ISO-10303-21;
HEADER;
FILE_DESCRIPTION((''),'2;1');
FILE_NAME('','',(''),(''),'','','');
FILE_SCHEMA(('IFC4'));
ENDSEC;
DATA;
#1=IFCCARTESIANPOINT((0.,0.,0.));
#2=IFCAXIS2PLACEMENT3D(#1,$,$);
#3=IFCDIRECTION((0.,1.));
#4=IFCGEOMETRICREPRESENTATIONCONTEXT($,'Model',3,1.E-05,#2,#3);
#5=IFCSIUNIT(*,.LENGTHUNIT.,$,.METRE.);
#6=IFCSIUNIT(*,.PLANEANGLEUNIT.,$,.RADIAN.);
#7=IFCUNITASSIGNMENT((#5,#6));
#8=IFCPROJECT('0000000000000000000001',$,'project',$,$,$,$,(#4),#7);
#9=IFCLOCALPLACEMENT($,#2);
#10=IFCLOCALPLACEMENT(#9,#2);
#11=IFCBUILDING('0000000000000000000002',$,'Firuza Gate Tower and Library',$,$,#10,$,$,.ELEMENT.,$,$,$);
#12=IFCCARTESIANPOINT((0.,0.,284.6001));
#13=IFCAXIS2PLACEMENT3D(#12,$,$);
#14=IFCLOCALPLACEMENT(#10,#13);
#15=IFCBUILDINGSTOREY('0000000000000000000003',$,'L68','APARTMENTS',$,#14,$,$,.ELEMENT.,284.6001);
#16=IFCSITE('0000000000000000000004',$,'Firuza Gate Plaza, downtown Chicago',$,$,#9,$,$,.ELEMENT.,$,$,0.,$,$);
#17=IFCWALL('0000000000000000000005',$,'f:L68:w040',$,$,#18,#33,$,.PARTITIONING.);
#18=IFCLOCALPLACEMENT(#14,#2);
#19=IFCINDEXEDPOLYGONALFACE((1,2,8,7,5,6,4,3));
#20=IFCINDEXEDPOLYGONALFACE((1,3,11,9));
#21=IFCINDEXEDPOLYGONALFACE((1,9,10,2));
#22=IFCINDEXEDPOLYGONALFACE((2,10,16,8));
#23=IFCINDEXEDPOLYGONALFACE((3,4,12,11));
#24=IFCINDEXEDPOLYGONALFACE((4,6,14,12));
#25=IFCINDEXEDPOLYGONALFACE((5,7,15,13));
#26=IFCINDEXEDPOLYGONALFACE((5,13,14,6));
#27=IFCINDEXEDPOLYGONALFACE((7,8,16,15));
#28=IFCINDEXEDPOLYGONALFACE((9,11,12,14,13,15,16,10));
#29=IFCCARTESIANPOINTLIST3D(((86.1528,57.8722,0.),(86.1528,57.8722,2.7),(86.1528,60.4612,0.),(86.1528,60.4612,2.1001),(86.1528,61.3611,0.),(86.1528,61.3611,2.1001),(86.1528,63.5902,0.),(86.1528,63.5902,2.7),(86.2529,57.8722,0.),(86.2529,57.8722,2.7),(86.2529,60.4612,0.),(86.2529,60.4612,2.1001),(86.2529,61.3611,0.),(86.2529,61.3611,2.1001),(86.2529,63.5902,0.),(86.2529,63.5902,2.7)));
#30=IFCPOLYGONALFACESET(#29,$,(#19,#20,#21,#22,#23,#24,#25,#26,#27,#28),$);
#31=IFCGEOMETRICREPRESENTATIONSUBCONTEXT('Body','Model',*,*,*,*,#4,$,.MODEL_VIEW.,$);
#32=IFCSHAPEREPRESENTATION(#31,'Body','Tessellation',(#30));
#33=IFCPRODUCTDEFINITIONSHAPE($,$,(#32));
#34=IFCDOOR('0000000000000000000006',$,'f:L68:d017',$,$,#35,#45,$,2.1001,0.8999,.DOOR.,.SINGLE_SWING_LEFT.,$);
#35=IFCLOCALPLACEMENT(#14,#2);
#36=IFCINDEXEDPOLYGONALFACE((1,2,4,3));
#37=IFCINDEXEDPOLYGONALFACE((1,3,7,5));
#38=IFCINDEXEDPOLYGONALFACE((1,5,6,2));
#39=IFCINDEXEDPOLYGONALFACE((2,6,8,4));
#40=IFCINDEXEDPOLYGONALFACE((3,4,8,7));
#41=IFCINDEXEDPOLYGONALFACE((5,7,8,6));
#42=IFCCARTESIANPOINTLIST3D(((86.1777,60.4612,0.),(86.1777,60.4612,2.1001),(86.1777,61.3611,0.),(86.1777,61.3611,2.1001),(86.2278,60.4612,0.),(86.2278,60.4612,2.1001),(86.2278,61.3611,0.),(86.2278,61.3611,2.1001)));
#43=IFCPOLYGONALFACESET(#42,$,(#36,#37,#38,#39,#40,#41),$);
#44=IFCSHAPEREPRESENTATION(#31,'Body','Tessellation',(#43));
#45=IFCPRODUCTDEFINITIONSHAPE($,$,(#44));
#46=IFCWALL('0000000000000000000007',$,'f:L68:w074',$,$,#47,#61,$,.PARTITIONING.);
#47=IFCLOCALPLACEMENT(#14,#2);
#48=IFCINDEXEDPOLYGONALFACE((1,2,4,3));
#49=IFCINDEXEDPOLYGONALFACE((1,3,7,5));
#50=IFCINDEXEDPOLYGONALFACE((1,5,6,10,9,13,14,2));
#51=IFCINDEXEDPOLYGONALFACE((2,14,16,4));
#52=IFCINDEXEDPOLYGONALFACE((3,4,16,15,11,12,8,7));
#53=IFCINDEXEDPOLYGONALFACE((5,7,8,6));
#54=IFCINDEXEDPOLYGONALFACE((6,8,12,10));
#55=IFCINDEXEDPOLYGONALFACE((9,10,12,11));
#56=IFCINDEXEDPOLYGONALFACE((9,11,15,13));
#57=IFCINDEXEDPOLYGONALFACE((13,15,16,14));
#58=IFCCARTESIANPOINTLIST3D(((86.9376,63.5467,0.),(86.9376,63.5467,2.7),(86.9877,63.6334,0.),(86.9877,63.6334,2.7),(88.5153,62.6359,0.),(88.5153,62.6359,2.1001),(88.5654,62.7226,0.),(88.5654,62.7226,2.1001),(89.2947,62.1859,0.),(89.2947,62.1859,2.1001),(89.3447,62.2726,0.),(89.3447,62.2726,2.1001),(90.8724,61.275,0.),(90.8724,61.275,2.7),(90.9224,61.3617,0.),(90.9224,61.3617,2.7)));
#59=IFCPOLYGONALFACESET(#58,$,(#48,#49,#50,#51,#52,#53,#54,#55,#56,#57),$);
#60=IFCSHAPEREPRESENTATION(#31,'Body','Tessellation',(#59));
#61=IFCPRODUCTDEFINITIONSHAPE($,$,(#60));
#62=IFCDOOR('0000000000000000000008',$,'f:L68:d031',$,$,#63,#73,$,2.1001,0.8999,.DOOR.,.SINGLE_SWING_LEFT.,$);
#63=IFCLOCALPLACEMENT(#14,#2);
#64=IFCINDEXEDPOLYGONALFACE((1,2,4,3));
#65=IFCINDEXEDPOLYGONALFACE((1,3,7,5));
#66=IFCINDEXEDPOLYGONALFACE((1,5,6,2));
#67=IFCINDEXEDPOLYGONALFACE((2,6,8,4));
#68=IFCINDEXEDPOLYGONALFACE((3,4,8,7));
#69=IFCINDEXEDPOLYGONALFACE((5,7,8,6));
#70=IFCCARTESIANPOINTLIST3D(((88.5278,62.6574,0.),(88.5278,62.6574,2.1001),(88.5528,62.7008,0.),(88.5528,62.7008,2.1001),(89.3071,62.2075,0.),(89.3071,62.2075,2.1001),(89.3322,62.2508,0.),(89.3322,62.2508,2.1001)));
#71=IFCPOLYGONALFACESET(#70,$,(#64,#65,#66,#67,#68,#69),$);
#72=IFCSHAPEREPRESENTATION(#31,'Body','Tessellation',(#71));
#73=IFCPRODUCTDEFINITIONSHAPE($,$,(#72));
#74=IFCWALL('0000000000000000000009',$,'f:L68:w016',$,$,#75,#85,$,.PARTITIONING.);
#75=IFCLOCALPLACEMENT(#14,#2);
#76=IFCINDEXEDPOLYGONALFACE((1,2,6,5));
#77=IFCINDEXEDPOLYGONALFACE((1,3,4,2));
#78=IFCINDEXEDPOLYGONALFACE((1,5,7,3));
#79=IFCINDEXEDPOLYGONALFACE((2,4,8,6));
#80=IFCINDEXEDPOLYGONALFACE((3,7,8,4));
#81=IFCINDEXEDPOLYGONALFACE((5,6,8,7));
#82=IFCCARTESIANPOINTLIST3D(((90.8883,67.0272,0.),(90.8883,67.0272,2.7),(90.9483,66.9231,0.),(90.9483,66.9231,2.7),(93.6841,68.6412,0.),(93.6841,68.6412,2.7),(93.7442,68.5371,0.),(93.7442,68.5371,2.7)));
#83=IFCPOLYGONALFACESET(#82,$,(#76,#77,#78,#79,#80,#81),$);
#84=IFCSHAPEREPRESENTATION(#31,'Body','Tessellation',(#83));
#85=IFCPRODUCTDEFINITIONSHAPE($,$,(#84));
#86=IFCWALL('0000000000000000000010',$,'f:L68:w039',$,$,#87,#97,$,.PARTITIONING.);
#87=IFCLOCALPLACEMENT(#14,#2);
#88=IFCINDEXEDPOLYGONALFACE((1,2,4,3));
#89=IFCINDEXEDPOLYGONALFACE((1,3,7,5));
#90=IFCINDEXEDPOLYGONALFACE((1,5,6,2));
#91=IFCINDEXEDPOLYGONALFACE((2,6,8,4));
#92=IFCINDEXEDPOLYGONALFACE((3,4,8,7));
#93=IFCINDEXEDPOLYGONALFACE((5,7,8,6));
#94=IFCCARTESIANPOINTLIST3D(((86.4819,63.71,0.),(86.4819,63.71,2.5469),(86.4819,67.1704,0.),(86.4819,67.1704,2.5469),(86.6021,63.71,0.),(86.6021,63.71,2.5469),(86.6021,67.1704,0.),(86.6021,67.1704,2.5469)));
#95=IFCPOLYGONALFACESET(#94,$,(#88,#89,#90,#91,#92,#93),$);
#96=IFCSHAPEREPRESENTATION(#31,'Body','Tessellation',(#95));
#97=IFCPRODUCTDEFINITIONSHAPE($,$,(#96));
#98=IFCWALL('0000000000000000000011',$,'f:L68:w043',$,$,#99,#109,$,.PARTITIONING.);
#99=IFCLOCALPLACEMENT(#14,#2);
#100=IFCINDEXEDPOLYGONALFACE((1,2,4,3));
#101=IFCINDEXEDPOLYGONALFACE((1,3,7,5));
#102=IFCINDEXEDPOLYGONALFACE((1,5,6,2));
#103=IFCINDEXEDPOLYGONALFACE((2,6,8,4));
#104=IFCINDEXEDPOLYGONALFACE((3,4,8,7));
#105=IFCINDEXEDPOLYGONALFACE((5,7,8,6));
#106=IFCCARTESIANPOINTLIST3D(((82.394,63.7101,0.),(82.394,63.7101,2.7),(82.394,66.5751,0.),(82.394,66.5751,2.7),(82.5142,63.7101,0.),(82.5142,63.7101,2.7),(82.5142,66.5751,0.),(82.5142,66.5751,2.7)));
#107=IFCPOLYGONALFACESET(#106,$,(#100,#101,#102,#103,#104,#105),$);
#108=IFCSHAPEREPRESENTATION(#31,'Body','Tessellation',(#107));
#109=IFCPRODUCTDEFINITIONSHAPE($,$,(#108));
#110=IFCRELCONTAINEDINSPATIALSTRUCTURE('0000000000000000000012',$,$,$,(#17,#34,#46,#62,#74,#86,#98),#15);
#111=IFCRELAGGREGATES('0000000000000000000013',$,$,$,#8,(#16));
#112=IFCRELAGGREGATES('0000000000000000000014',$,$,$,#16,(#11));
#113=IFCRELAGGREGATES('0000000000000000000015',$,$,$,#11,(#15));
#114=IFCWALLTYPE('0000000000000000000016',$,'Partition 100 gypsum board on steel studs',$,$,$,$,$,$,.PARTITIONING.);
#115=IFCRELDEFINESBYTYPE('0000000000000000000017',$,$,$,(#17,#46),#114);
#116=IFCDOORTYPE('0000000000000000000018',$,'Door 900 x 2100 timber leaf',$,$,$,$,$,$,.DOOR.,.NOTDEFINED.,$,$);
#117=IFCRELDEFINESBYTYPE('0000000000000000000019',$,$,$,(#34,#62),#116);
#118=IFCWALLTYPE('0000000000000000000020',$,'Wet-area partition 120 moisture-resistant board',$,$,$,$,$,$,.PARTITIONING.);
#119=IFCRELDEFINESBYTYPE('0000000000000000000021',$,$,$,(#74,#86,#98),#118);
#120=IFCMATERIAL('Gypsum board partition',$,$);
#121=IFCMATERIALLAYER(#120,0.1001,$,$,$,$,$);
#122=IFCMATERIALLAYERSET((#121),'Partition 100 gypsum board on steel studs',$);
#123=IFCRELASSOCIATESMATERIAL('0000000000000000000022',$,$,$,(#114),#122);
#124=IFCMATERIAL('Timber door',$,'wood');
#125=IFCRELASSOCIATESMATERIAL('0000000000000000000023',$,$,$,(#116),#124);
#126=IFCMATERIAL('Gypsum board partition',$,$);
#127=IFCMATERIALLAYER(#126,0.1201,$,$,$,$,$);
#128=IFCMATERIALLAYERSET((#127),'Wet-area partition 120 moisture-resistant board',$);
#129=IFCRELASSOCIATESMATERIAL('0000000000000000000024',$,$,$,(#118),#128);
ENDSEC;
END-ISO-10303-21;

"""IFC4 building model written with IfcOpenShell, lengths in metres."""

from ifc_helpers import new_model, si_unit, direction, frame, frame_2d, origin, place, context, subcontext, project, spatial, rectangle, extrude, material, layer, layer_set, type_object, element, fill, save


model = new_model("IFC4")

# Units and contexts
model_context = context("Model", 3, precision=1e-05, world=origin(), true_north=direction((0.0, 1.0)))
body_context = subcontext(model_context, "Body", "Model", "MODEL_VIEW")
ifc_project = project(units=[si_unit("LENGTHUNIT", "METRE"), si_unit("PLANEANGLEUNIT", "RADIAN")], contexts=[model_context])

# Site, building, storey
site_placement = place(None, origin())
site = spatial("IfcSite", under=ifc_project, at=site_placement, Name="Firuza Gate Plaza, downtown Chicago", CompositionType="ELEMENT", RefElevation=0.0)
building_placement = place(site_placement, origin())
building = spatial("IfcBuilding", under=site, at=building_placement, Name="Firuza Gate Tower and Library", CompositionType="ELEMENT")
storey_placement = place(building_placement, frame((0.0, 0.0, 284.6001)))
storey = spatial("IfcBuildingStorey", under=building, at=storey_placement, Name="L68", Description="APARTMENTS", CompositionType="ELEMENT", Elevation=284.6001)

# Shared definitions
ifc_material_1 = material(Name="Gypsum board partition")
ifc_layer_1 = layer(ifc_material_1, 0.1001)
ifc_layer_set_1 = layer_set([ifc_layer_1], Name="Partition 100 gypsum board on steel studs")
wall_type_1 = type_object("IfcWallType", Name="Partition 100 gypsum board on steel studs", PredefinedType="PARTITIONING", material=ifc_layer_set_1)

# Walls, openings, doors
wall_1_placement = place(storey_placement, frame((86.2029, 63.5901, 0.0), z_axis=(0.0, 0.0, 1.0), x_axis=(0.0, -1.0, 0.0)))
wall_1 = element("IfcWall", 1, at=wall_1_placement, inside=storey, type_object=wall_type_1, Name="f:L68:w040", PredefinedType="PARTITIONING", context=body_context, shape_type="SweptSolid", body=[
    extrude(rectangle(XDim=5.718, YDim=0.1001, at=frame_2d((2.8589, 0.0))), origin(), (0.0, 0.0, 1.0), 2.7),
])
opening_1_placement = place(wall_1_placement, frame((2.229, 0.0, 0.0)))
opening_1 = element("IfcOpeningElement", 2, at=opening_1_placement, cuts=wall_1, PredefinedType="OPENING", context=body_context, shape_type="SweptSolid", body=[
    extrude(rectangle(XDim=0.8999, YDim=2.1001, at=frame_2d((0.45, 1.05))), frame((0.0, 0.0601, 0.0), z_axis=(0.0, -1.0, 0.0), x_axis=(1.0, 0.0, 0.0)), (0.0, 0.0, 1.0), 0.1201),
])
ifc_material_2 = material(Name="Timber door", Category="wood")
door_type_1 = type_object("IfcDoorType", Name="Door 900 x 2100 timber leaf", OperationType="NOTDEFINED", PredefinedType="DOOR", material=ifc_material_2)
door_1_placement = place(opening_1_placement, origin())
door_1 = element("IfcDoor", 3, at=door_1_placement, inside=storey, type_object=door_type_1, Name="f:L68:d017", OperationType="SINGLE_SWING_LEFT", OverallHeight=2.1001, OverallWidth=0.8999, PredefinedType="DOOR", context=body_context, shape_type="SweptSolid", body=[
    extrude(rectangle(XDim=0.8999, YDim=2.1001, at=frame_2d((0.45, 1.05))), frame((0.0, 0.0249, 0.0), z_axis=(0.0, -1.0, 0.0), x_axis=(1.0, 0.0, 0.0)), (0.0, 0.0, 1.0), 0.05),
])
fill(opening_1, door_1)
wall_2_placement = place(storey_placement, frame((86.9626, 63.5901, 0.0), z_axis=(0.0, 0.0, 1.0), x_axis=(0.866029, -0.499994, 0.0)))
wall_2 = element("IfcWall", 4, at=wall_2_placement, inside=storey, type_object=wall_type_1, Name="f:L68:w074", PredefinedType="PARTITIONING", context=body_context, shape_type="SweptSolid", body=[
    extrude(rectangle(XDim=4.5435, YDim=0.1001, at=frame_2d((2.2717, 0.0))), origin(), (0.0, 0.0, 1.0), 2.7),
])
opening_2_placement = place(wall_2_placement, frame((1.8218, 0.0, 0.0)))
opening_2 = element("IfcOpeningElement", 5, at=opening_2_placement, cuts=wall_2, PredefinedType="OPENING", context=body_context, shape_type="SweptSolid", body=[
    extrude(rectangle(XDim=0.8999, YDim=2.1001, at=frame_2d((0.45, 1.05))), frame((0.0, 0.0601, 0.0), z_axis=(0.0, -1.0, 0.0), x_axis=(1.0, 0.0, 0.0)), (0.0, 0.0, 1.0), 0.1201),
])
door_2_placement = place(opening_2_placement, origin())
door_2 = element("IfcDoor", 6, at=door_2_placement, inside=storey, type_object=door_type_1, Name="f:L68:d031", OperationType="SINGLE_SWING_LEFT", OverallHeight=2.1001, OverallWidth=0.8999, PredefinedType="DOOR", context=body_context, shape_type="SweptSolid", body=[
    extrude(rectangle(XDim=0.8999, YDim=2.1001, at=frame_2d((0.45, 1.05))), frame((0.0, 0.0249, 0.0), z_axis=(0.0, -1.0, 0.0), x_axis=(1.0, 0.0, 0.0)), (0.0, 0.0, 1.0), 0.05),
])
fill(opening_2, door_2)

# Walls
ifc_material_3 = material(Name="Gypsum board partition")
ifc_layer_2 = layer(ifc_material_3, 0.1201)
ifc_layer_set_2 = layer_set([ifc_layer_2], Name="Wet-area partition 120 moisture-resistant board")
wall_type_2 = type_object("IfcWallType", Name="Wet-area partition 120 moisture-resistant board", PredefinedType="PARTITIONING", material=ifc_layer_set_2)
wall_3_placement = place(storey_placement, frame((90.9182, 66.9751, 0.0), z_axis=(0.0, 0.0, 1.0), x_axis=(0.866052, 0.499954, 0.0)))
element("IfcWall", 7, at=wall_3_placement, inside=storey, type_object=wall_type_2, Name="f:L68:w016", PredefinedType="PARTITIONING", context=body_context, shape_type="SweptSolid", body=[
    extrude(rectangle(XDim=3.2283, YDim=0.1201, at=frame_2d((1.6143, 0.0))), origin(), (0.0, 0.0, 1.0), 2.7),
])
wall_4_placement = place(storey_placement, frame((86.542, 63.71, 0.0), z_axis=(0.0, 0.0, 1.0), x_axis=(0.0, 1.0, 0.0)))
element("IfcWall", 8, at=wall_4_placement, inside=storey, type_object=wall_type_2, Name="f:L68:w039", PredefinedType="PARTITIONING", context=body_context, shape_type="SweptSolid", body=[
    extrude(rectangle(XDim=3.4604, YDim=0.1201, at=frame_2d((1.7302, 0.0))), origin(), (0.0, 0.0, 1.0), 2.5469),
])
wall_5_placement = place(storey_placement, frame((82.4541, 63.71, 0.0), z_axis=(0.0, 0.0, 1.0), x_axis=(0.0, 1.0, 0.0)))
element("IfcWall", 9, at=wall_5_placement, inside=storey, type_object=wall_type_2, Name="f:L68:w043", PredefinedType="PARTITIONING", context=body_context, shape_type="SweptSolid", body=[
    extrude(rectangle(XDim=2.865, YDim=0.1201, at=frame_2d((1.4326, 0.0))), origin(), (0.0, 0.0, 1.0), 2.7),
])

save(model, "model.ifc")
